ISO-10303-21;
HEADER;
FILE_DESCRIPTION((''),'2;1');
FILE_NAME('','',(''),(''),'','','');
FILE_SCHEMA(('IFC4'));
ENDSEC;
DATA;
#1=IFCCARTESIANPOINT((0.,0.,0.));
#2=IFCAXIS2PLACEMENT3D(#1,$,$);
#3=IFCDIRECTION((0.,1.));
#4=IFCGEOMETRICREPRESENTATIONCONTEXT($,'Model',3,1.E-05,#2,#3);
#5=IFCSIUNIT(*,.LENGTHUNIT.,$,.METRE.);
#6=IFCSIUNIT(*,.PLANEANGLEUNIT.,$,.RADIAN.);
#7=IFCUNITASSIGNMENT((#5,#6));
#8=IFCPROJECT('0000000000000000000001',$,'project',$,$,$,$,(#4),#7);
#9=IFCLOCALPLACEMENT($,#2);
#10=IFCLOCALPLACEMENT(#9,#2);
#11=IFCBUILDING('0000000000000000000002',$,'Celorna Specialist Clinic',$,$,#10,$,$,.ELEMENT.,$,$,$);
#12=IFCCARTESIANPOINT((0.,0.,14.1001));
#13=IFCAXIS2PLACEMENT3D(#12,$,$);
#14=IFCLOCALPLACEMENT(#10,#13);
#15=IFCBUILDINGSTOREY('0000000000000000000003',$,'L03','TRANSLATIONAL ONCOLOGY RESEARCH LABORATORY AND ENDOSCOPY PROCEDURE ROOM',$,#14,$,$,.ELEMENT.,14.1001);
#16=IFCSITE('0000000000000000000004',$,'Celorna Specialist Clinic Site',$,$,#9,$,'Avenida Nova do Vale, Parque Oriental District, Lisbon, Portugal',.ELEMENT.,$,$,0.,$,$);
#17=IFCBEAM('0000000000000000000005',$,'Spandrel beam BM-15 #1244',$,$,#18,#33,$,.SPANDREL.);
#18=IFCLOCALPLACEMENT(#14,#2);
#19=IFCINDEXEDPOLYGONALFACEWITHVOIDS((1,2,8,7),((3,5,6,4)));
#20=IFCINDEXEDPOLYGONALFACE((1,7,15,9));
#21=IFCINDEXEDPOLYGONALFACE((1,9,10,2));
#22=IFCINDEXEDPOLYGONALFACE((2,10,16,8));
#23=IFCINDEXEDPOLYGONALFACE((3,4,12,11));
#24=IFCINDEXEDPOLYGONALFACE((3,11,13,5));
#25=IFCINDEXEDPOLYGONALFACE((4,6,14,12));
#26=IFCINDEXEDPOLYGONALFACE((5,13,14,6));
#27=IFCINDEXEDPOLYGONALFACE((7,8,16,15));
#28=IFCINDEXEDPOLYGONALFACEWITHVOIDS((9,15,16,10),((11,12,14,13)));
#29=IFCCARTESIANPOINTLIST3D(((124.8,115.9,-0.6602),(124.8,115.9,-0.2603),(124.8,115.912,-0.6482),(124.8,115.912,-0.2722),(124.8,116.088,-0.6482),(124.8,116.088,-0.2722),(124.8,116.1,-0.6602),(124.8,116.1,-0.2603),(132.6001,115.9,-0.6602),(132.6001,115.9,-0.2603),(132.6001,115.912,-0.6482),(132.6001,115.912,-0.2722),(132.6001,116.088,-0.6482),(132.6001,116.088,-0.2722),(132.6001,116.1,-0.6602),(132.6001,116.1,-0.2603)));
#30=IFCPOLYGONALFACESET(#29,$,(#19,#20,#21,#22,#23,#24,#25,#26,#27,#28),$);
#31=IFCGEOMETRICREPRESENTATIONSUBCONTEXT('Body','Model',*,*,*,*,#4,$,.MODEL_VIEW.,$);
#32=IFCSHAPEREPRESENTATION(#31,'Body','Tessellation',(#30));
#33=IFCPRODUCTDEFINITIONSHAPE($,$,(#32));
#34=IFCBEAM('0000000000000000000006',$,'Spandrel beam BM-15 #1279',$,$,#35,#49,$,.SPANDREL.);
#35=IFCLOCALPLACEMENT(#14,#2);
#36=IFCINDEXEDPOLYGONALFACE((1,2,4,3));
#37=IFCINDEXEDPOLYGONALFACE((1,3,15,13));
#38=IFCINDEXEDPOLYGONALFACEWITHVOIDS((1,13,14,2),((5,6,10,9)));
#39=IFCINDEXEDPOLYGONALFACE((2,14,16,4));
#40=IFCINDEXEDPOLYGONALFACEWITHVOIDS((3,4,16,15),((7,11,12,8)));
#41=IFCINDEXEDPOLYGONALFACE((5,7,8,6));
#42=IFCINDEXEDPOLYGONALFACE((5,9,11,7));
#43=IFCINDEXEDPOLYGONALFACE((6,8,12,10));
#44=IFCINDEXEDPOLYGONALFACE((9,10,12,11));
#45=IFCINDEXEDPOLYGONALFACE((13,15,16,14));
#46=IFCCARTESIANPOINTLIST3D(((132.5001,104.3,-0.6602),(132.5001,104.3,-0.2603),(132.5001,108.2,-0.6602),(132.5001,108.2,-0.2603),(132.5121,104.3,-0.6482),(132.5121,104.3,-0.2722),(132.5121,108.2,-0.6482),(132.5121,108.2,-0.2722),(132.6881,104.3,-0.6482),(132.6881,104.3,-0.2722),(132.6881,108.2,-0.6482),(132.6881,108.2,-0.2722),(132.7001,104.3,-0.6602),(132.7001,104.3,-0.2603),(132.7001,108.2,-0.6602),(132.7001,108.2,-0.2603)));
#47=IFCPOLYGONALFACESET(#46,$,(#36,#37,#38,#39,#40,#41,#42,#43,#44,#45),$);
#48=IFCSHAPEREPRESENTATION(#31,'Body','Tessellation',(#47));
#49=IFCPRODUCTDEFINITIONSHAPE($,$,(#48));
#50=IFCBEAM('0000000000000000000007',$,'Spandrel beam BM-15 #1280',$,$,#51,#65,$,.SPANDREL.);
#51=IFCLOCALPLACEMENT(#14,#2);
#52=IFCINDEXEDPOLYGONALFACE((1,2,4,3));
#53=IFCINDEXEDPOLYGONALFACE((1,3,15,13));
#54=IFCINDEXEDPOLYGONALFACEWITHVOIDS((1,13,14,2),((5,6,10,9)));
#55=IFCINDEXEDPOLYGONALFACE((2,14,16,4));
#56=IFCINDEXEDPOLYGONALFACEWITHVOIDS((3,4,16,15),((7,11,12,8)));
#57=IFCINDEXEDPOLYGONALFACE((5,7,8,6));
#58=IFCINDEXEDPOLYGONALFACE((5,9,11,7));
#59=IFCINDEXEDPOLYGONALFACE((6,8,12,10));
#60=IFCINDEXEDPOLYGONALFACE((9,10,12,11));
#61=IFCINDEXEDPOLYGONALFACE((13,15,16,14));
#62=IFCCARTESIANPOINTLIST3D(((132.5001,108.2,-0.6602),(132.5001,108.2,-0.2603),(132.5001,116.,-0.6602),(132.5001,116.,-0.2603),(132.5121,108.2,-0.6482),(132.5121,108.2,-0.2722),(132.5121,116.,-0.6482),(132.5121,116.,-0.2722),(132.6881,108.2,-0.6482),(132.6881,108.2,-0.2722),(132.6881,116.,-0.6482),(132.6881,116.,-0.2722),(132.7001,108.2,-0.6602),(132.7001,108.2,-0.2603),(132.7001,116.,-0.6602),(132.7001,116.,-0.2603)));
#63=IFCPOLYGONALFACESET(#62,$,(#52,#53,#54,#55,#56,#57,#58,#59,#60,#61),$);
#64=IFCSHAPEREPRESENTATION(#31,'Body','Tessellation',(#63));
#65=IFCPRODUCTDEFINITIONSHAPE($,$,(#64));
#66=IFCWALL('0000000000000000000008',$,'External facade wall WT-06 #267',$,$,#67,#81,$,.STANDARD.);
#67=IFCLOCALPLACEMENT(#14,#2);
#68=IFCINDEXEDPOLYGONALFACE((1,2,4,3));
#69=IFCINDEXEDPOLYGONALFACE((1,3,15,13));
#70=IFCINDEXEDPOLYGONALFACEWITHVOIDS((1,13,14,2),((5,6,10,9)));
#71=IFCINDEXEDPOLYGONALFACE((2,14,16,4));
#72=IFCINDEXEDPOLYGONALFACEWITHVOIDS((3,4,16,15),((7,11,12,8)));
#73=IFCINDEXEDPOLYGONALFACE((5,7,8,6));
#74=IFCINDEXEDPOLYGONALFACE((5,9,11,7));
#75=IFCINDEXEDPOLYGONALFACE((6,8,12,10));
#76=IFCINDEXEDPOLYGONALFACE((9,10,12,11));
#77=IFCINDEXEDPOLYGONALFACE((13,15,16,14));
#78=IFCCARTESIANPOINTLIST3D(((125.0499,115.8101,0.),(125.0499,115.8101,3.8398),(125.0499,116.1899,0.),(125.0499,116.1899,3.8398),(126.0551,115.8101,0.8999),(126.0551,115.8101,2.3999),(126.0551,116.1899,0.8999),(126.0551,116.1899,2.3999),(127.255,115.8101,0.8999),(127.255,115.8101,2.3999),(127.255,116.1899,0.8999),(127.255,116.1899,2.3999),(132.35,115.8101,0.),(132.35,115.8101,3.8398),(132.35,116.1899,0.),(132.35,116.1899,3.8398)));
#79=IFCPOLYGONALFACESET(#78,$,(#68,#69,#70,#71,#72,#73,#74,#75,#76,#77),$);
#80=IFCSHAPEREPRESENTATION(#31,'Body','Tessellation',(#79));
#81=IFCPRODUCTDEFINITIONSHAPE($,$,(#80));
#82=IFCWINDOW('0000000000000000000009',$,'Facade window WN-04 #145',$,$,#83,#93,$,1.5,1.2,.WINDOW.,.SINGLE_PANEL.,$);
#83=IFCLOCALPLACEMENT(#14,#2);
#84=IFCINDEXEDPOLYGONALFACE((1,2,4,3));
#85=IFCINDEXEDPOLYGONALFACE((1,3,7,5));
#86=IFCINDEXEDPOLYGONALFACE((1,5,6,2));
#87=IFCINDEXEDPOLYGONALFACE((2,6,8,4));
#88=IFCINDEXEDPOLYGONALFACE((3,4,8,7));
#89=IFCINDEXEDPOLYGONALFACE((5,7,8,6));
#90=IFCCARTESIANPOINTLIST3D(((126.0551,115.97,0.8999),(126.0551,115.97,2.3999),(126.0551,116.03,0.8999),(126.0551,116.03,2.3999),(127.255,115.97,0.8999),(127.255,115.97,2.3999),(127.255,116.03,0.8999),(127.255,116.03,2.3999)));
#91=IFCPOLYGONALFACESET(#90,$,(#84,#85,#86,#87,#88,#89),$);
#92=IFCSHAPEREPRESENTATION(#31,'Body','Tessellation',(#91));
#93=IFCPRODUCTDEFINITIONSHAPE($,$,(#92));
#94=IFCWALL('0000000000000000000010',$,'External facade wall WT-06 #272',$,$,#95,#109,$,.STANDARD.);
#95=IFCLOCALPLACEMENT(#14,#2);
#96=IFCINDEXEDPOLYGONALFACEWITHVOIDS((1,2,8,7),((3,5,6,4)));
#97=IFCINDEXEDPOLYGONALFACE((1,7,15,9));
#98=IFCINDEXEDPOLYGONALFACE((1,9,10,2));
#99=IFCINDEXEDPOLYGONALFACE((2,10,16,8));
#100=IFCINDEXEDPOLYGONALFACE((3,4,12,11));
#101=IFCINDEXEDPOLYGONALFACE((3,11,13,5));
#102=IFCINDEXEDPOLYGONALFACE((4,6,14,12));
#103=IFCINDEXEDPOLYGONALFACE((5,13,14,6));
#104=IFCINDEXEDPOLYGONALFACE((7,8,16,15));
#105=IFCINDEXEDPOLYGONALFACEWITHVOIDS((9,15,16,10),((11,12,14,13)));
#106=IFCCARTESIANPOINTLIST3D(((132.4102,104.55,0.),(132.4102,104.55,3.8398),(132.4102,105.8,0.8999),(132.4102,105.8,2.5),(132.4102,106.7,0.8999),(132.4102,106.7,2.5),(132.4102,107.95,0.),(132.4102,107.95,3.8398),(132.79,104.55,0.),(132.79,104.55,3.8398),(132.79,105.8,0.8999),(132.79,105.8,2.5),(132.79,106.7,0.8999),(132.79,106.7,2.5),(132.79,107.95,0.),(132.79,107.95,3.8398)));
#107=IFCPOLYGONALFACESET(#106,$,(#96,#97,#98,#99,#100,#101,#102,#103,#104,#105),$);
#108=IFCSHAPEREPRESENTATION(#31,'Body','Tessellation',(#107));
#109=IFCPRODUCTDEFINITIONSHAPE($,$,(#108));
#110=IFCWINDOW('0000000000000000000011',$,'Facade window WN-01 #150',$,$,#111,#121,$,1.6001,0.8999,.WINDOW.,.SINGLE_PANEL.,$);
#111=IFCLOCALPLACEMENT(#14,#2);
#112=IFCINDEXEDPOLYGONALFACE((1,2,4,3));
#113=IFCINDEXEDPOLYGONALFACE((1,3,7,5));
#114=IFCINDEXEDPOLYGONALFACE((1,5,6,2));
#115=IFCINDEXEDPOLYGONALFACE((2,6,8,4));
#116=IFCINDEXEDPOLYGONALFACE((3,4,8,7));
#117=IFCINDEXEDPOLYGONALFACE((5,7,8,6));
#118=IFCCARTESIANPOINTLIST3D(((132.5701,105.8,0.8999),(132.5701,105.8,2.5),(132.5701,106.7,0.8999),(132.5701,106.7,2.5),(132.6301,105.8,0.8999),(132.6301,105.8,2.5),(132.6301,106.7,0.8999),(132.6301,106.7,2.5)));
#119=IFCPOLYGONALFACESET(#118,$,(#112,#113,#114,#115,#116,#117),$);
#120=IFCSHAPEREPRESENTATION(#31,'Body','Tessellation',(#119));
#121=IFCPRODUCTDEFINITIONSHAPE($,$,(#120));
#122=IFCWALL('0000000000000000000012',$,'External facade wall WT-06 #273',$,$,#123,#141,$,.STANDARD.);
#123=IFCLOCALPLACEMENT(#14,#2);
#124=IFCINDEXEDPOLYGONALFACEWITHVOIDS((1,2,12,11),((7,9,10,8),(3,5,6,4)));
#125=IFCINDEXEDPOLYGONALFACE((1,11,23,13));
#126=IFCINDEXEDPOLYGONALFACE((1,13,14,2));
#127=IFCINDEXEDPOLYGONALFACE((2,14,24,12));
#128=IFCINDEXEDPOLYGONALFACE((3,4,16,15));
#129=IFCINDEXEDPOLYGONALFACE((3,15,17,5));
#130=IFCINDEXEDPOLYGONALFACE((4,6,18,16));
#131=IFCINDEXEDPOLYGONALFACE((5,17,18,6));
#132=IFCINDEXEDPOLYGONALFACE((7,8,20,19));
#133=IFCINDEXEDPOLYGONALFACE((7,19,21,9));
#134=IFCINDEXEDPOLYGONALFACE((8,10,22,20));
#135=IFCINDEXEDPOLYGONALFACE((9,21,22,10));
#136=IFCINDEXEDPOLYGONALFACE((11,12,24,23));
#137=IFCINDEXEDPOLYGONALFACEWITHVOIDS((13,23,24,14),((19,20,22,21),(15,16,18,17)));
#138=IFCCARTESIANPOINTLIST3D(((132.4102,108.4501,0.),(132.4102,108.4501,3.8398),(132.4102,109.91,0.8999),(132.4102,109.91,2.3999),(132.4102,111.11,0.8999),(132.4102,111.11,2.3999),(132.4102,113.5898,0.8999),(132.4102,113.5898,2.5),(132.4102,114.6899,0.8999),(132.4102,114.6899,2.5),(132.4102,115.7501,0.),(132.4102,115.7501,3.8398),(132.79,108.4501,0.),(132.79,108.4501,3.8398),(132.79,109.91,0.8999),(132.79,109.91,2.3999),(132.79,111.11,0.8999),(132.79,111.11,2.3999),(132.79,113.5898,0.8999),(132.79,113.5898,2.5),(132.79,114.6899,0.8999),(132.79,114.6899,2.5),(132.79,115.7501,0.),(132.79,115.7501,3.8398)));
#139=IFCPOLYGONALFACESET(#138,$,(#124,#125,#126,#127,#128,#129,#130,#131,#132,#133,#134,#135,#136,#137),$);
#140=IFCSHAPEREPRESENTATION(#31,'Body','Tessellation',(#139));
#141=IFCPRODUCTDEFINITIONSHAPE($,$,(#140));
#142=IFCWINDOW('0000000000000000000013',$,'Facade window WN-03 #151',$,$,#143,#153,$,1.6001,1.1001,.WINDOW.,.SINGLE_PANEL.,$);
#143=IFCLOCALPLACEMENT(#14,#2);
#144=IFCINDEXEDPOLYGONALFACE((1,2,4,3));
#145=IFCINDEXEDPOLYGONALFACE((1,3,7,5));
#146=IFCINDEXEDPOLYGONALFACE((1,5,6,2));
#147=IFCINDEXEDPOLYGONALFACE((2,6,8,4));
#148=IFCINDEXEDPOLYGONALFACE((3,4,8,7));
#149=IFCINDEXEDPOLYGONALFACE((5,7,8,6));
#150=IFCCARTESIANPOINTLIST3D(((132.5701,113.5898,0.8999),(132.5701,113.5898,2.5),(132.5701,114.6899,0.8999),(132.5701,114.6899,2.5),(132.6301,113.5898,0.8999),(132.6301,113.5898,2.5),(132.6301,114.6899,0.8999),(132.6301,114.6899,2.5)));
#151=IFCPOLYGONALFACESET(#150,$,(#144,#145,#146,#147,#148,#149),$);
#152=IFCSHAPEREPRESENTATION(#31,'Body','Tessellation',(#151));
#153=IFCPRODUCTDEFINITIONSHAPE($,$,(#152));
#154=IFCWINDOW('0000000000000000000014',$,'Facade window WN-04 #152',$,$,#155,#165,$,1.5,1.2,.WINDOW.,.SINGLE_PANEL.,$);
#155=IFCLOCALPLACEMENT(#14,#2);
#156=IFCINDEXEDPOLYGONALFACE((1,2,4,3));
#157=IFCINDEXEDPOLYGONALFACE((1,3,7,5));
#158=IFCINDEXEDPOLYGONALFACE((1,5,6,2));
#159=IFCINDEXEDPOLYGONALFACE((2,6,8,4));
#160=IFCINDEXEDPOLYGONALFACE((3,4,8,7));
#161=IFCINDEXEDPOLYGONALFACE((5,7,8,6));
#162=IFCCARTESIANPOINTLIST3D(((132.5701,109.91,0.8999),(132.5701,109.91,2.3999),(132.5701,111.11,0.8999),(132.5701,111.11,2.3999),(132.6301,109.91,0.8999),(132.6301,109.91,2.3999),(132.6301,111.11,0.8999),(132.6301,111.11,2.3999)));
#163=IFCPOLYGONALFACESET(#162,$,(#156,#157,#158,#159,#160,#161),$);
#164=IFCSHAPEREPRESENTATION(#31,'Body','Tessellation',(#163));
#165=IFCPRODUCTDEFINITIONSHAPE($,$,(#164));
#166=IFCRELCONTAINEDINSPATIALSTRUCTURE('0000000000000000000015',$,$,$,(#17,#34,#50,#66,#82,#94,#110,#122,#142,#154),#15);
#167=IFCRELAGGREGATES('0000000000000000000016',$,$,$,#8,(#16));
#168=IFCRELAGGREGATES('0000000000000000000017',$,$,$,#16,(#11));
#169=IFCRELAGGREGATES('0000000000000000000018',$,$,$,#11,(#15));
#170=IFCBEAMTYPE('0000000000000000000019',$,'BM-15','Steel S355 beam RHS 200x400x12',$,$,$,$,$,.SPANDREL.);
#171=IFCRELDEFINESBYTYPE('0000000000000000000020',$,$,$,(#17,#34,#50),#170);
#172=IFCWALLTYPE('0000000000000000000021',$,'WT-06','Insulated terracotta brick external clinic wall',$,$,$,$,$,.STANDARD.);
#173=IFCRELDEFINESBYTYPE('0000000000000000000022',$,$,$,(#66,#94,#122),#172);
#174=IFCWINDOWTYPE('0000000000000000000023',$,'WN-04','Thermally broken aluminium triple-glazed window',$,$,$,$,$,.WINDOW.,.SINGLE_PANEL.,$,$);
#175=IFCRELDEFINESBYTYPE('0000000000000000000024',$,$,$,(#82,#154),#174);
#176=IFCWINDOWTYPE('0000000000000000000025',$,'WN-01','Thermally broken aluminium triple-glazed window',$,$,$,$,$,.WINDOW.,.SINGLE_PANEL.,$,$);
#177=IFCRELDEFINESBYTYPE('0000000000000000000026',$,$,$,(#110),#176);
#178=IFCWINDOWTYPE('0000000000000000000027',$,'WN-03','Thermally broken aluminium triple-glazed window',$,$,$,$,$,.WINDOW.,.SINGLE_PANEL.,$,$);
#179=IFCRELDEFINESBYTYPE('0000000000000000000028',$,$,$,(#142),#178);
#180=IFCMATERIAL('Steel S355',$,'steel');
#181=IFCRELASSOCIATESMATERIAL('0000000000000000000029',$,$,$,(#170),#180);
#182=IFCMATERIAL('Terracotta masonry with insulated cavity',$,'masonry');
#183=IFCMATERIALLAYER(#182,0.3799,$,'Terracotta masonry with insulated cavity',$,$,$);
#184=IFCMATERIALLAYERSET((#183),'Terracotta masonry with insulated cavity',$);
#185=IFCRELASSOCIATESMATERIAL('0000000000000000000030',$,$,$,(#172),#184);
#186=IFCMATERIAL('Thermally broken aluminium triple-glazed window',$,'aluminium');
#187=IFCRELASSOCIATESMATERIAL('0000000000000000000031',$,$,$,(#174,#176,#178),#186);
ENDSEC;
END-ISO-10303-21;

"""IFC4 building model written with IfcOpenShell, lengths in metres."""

from ifc_helpers import new_model, si_unit, direction, frame, frame_2d, origin, origin_2d, place, context, subcontext, project, spatial, rectangle, hollow_rectangle, extrude, material, layer, layer_set, material_profile, profile_set, type_object, element, fill, save


model = new_model("IFC4")

# Units and contexts
model_context = context("Model", 3, precision=1e-05, world=origin(), true_north=direction((0.0, 1.0)))
body_context = subcontext(model_context, "Body", "Model", "MODEL_VIEW")
ifc_project = project(units=[si_unit("LENGTHUNIT", "METRE"), si_unit("PLANEANGLEUNIT", "RADIAN")], contexts=[model_context])

# Site, building, storey
site_placement = place(None, origin())
site = spatial("IfcSite", under=ifc_project, at=site_placement, Name="Celorna Specialist Clinic Site", LongName="Avenida Nova do Vale, Parque Oriental District, Lisbon, Portugal", CompositionType="ELEMENT", RefElevation=0.0)
building_placement = place(site_placement, origin())
building = spatial("IfcBuilding", under=site, at=building_placement, Name="Celorna Specialist Clinic", CompositionType="ELEMENT")
storey_placement = place(building_placement, frame((0.0, 0.0, 14.1001)))
storey = spatial("IfcBuildingStorey", under=building, at=storey_placement, Name="L03", Description="TRANSLATIONAL ONCOLOGY RESEARCH LABORATORY AND ENDOSCOPY PROCEDURE ROOM", CompositionType="ELEMENT", Elevation=14.1001)

# Beams
ifc_material_1 = material(Name="Steel S355", Category="steel")
ifc_material_profile_1 = material_profile(ifc_material_1, hollow_rectangle(XDim=0.2, YDim=0.3999, WallThickness=0.012, at=origin_2d()), Name="RHS 200x400x12")
ifc_profile_set_1 = profile_set([ifc_material_profile_1], Name="Steel S355")
beam_type_1 = type_object("IfcBeamType", Name="BM-15", Description="Steel S355 beam RHS 200x400x12", PredefinedType="SPANDREL", material=ifc_profile_set_1)
beam_1_placement = place(storey_placement, frame((124.8, 116.0, -0.4602), z_axis=(1.0, 0.0, 0.0), x_axis=(0.0, 1.0, 0.0)))
element("IfcBeam", 1, at=beam_1_placement, inside=storey, type_object=beam_type_1, Name="Spandrel beam BM-15 #1244", PredefinedType="SPANDREL", context=body_context, shape_type="SweptSolid", body=[
    extrude(hollow_rectangle(XDim=0.2, YDim=0.3999, WallThickness=0.012, at=origin_2d()), origin(), (0.0, 0.0, 1.0), 7.8),
])
beam_2_placement = place(storey_placement, frame((132.6001, 104.3, -0.4602), z_axis=(0.0, 1.0, 0.0), x_axis=(-1.0, 0.0, 0.0)))
element("IfcBeam", 2, at=beam_2_placement, inside=storey, type_object=beam_type_1, Name="Spandrel beam BM-15 #1279", PredefinedType="SPANDREL", context=body_context, shape_type="SweptSolid", body=[
    extrude(hollow_rectangle(XDim=0.2, YDim=0.3999, WallThickness=0.012, at=origin_2d()), origin(), (0.0, 0.0, 1.0), 3.8999),
])
beam_3_placement = place(storey_placement, frame((132.6001, 108.2, -0.4602), z_axis=(0.0, 1.0, 0.0), x_axis=(-1.0, 0.0, 0.0)))
element("IfcBeam", 3, at=beam_3_placement, inside=storey, type_object=beam_type_1, Name="Spandrel beam BM-15 #1280", PredefinedType="SPANDREL", context=body_context, shape_type="SweptSolid", body=[
    extrude(hollow_rectangle(XDim=0.2, YDim=0.3999, WallThickness=0.012, at=origin_2d()), origin(), (0.0, 0.0, 1.0), 7.8),
])

# Walls, openings, windows
ifc_material_2 = material(Name="Terracotta masonry with insulated cavity", Category="masonry")
ifc_layer_1 = layer(ifc_material_2, 0.3799, Name="Terracotta masonry with insulated cavity")
ifc_layer_set_1 = layer_set([ifc_layer_1], Name="Terracotta masonry with insulated cavity")
wall_type_1 = type_object("IfcWallType", Name="WT-06", Description="Insulated terracotta brick external clinic wall", PredefinedType="STANDARD", material=ifc_layer_set_1)
wall_1_placement = place(storey_placement, frame((125.05, 116.0, 0.0), z_axis=(0.0, 0.0, 1.0), x_axis=(1.0, 0.0, 0.0)))
wall_1 = element("IfcWall", 4, at=wall_1_placement, inside=storey, type_object=wall_type_1, Name="External facade wall WT-06 #267", PredefinedType="STANDARD", context=body_context, shape_type="SweptSolid", body=[
    extrude(rectangle(XDim=7.3, YDim=0.3799, at=frame_2d((3.6499, 0.0))), origin(), (0.0, 0.0, 1.0), 3.8398),
])
opening_1_placement = place(wall_1_placement, frame((1.0049, 0.0, 0.8999)))
opening_1 = element("IfcOpeningElement", 5, at=opening_1_placement, cuts=wall_1, PredefinedType="OPENING", context=body_context, shape_type="SweptSolid", body=[
    extrude(rectangle(XDim=1.2, YDim=1.5, at=frame_2d((0.6001, 0.75))), frame((0.0, 0.2, 0.0), z_axis=(0.0, -1.0, 0.0), x_axis=(1.0, 0.0, 0.0)), (0.0, 0.0, 1.0), 0.3999),
])
ifc_material_3 = material(Name="Thermally broken aluminium triple-glazed window", Category="aluminium")
window_type_1 = type_object("IfcWindowType", Name="WN-04", Description="Thermally broken aluminium triple-glazed window", PartitioningType="SINGLE_PANEL", PredefinedType="WINDOW", material=ifc_material_3)
window_1_placement = place(opening_1_placement, origin())
window_1 = element("IfcWindow", 6, at=window_1_placement, inside=storey, type_object=window_type_1, Name="Facade window WN-04 #145", OverallHeight=1.5, OverallWidth=1.2, PartitioningType="SINGLE_PANEL", PredefinedType="WINDOW", context=body_context, shape_type="SweptSolid", body=[
    extrude(rectangle(XDim=1.2, YDim=1.5, at=frame_2d((0.6001, 0.75))), frame((0.0, 0.03, 0.0), z_axis=(0.0, -1.0, 0.0), x_axis=(1.0, 0.0, 0.0)), (0.0, 0.0, 1.0), 0.0601),
])
fill(opening_1, window_1)
wall_2_placement = place(storey_placement, frame((132.6001, 107.95, 0.0), z_axis=(0.0, 0.0, 1.0), x_axis=(0.0, -1.0, 0.0)))
wall_2 = element("IfcWall", 7, at=wall_2_placement, inside=storey, type_object=wall_type_1, Name="External facade wall WT-06 #272", PredefinedType="STANDARD", context=body_context, shape_type="SweptSolid", body=[
    extrude(rectangle(XDim=3.3999, YDim=0.3799, at=frame_2d((1.7, 0.0))), origin(), (0.0, 0.0, 1.0), 3.8398),
])
opening_2_placement = place(wall_2_placement, frame((1.25, 0.0, 0.8999)))
opening_2 = element("IfcOpeningElement", 8, at=opening_2_placement, cuts=wall_2, PredefinedType="OPENING", context=body_context, shape_type="SweptSolid", body=[
    extrude(rectangle(XDim=0.8999, YDim=1.6001, at=frame_2d((0.45, 0.8))), frame((0.0, 0.2, 0.0), z_axis=(0.0, -1.0, 0.0), x_axis=(1.0, 0.0, 0.0)), (0.0, 0.0, 1.0), 0.3999),
])
window_type_2 = type_object("IfcWindowType", Name="WN-01", Description="Thermally broken aluminium triple-glazed window", PartitioningType="SINGLE_PANEL", PredefinedType="WINDOW", material=ifc_material_3)
window_2_placement = place(opening_2_placement, origin())
window_2 = element("IfcWindow", 9, at=window_2_placement, inside=storey, type_object=window_type_2, Name="Facade window WN-01 #150", OverallHeight=1.6001, OverallWidth=0.8999, PartitioningType="SINGLE_PANEL", PredefinedType="WINDOW", context=body_context, shape_type="SweptSolid", body=[
    extrude(rectangle(XDim=0.8999, YDim=1.6001, at=frame_2d((0.45, 0.8))), frame((0.0, 0.03, 0.0), z_axis=(0.0, -1.0, 0.0), x_axis=(1.0, 0.0, 0.0)), (0.0, 0.0, 1.0), 0.0601),
])
fill(opening_2, window_2)

# Wall, openings, windows
wall_3_placement = place(storey_placement, frame((132.6001, 115.75, 0.0), z_axis=(0.0, 0.0, 1.0), x_axis=(0.0, -1.0, 0.0)))
wall_3 = element("IfcWall", 10, at=wall_3_placement, inside=storey, type_object=wall_type_1, Name="External facade wall WT-06 #273", PredefinedType="STANDARD", context=body_context, shape_type="SweptSolid", body=[
    extrude(rectangle(XDim=7.3, YDim=0.3799, at=frame_2d((3.6499, 0.0))), origin(), (0.0, 0.0, 1.0), 3.8398),
])
opening_3_placement = place(wall_3_placement, frame((1.0601, 0.0, 0.8999)))
opening_3 = element("IfcOpeningElement", 11, at=opening_3_placement, cuts=wall_3, PredefinedType="OPENING", context=body_context, shape_type="SweptSolid", body=[
    extrude(rectangle(XDim=1.1001, YDim=1.6001, at=frame_2d((0.55, 0.8))), frame((0.0, 0.2, 0.0), z_axis=(0.0, -1.0, 0.0), x_axis=(1.0, 0.0, 0.0)), (0.0, 0.0, 1.0), 0.3999),
])
opening_4_placement = place(wall_3_placement, frame((4.6399, 0.0, 0.8999)))
opening_4 = element("IfcOpeningElement", 12, at=opening_4_placement, cuts=wall_3, PredefinedType="OPENING", context=body_context, shape_type="SweptSolid", body=[
    extrude(rectangle(XDim=1.2, YDim=1.5, at=frame_2d((0.6001, 0.75))), frame((0.0, 0.2, 0.0), z_axis=(0.0, -1.0, 0.0), x_axis=(1.0, 0.0, 0.0)), (0.0, 0.0, 1.0), 0.3999),
])
window_type_3 = type_object("IfcWindowType", Name="WN-03", Description="Thermally broken aluminium triple-glazed window", PartitioningType="SINGLE_PANEL", PredefinedType="WINDOW", material=ifc_material_3)
window_3_placement = place(opening_3_placement, origin())
window_3 = element("IfcWindow", 13, at=window_3_placement, inside=storey, type_object=window_type_3, Name="Facade window WN-03 #151", OverallHeight=1.6001, OverallWidth=1.1001, PartitioningType="SINGLE_PANEL", PredefinedType="WINDOW", context=body_context, shape_type="SweptSolid", body=[
    extrude(rectangle(XDim=1.1001, YDim=1.6001, at=frame_2d((0.55, 0.8))), frame((0.0, 0.03, 0.0), z_axis=(0.0, -1.0, 0.0), x_axis=(1.0, 0.0, 0.0)), (0.0, 0.0, 1.0), 0.0601),
])
fill(opening_3, window_3)
window_4_placement = place(opening_4_placement, origin())
window_4 = element("IfcWindow", 14, at=window_4_placement, inside=storey, type_object=window_type_1, Name="Facade window WN-04 #152", OverallHeight=1.5, OverallWidth=1.2, PartitioningType="SINGLE_PANEL", PredefinedType="WINDOW", context=body_context, shape_type="SweptSolid", body=[
    extrude(rectangle(XDim=1.2, YDim=1.5, at=frame_2d((0.6001, 0.75))), frame((0.0, 0.03, 0.0), z_axis=(0.0, -1.0, 0.0), x_axis=(1.0, 0.0, 0.0)), (0.0, 0.0, 1.0), 0.0601),
])
fill(opening_4, window_4)

save(model, "model.ifc")
